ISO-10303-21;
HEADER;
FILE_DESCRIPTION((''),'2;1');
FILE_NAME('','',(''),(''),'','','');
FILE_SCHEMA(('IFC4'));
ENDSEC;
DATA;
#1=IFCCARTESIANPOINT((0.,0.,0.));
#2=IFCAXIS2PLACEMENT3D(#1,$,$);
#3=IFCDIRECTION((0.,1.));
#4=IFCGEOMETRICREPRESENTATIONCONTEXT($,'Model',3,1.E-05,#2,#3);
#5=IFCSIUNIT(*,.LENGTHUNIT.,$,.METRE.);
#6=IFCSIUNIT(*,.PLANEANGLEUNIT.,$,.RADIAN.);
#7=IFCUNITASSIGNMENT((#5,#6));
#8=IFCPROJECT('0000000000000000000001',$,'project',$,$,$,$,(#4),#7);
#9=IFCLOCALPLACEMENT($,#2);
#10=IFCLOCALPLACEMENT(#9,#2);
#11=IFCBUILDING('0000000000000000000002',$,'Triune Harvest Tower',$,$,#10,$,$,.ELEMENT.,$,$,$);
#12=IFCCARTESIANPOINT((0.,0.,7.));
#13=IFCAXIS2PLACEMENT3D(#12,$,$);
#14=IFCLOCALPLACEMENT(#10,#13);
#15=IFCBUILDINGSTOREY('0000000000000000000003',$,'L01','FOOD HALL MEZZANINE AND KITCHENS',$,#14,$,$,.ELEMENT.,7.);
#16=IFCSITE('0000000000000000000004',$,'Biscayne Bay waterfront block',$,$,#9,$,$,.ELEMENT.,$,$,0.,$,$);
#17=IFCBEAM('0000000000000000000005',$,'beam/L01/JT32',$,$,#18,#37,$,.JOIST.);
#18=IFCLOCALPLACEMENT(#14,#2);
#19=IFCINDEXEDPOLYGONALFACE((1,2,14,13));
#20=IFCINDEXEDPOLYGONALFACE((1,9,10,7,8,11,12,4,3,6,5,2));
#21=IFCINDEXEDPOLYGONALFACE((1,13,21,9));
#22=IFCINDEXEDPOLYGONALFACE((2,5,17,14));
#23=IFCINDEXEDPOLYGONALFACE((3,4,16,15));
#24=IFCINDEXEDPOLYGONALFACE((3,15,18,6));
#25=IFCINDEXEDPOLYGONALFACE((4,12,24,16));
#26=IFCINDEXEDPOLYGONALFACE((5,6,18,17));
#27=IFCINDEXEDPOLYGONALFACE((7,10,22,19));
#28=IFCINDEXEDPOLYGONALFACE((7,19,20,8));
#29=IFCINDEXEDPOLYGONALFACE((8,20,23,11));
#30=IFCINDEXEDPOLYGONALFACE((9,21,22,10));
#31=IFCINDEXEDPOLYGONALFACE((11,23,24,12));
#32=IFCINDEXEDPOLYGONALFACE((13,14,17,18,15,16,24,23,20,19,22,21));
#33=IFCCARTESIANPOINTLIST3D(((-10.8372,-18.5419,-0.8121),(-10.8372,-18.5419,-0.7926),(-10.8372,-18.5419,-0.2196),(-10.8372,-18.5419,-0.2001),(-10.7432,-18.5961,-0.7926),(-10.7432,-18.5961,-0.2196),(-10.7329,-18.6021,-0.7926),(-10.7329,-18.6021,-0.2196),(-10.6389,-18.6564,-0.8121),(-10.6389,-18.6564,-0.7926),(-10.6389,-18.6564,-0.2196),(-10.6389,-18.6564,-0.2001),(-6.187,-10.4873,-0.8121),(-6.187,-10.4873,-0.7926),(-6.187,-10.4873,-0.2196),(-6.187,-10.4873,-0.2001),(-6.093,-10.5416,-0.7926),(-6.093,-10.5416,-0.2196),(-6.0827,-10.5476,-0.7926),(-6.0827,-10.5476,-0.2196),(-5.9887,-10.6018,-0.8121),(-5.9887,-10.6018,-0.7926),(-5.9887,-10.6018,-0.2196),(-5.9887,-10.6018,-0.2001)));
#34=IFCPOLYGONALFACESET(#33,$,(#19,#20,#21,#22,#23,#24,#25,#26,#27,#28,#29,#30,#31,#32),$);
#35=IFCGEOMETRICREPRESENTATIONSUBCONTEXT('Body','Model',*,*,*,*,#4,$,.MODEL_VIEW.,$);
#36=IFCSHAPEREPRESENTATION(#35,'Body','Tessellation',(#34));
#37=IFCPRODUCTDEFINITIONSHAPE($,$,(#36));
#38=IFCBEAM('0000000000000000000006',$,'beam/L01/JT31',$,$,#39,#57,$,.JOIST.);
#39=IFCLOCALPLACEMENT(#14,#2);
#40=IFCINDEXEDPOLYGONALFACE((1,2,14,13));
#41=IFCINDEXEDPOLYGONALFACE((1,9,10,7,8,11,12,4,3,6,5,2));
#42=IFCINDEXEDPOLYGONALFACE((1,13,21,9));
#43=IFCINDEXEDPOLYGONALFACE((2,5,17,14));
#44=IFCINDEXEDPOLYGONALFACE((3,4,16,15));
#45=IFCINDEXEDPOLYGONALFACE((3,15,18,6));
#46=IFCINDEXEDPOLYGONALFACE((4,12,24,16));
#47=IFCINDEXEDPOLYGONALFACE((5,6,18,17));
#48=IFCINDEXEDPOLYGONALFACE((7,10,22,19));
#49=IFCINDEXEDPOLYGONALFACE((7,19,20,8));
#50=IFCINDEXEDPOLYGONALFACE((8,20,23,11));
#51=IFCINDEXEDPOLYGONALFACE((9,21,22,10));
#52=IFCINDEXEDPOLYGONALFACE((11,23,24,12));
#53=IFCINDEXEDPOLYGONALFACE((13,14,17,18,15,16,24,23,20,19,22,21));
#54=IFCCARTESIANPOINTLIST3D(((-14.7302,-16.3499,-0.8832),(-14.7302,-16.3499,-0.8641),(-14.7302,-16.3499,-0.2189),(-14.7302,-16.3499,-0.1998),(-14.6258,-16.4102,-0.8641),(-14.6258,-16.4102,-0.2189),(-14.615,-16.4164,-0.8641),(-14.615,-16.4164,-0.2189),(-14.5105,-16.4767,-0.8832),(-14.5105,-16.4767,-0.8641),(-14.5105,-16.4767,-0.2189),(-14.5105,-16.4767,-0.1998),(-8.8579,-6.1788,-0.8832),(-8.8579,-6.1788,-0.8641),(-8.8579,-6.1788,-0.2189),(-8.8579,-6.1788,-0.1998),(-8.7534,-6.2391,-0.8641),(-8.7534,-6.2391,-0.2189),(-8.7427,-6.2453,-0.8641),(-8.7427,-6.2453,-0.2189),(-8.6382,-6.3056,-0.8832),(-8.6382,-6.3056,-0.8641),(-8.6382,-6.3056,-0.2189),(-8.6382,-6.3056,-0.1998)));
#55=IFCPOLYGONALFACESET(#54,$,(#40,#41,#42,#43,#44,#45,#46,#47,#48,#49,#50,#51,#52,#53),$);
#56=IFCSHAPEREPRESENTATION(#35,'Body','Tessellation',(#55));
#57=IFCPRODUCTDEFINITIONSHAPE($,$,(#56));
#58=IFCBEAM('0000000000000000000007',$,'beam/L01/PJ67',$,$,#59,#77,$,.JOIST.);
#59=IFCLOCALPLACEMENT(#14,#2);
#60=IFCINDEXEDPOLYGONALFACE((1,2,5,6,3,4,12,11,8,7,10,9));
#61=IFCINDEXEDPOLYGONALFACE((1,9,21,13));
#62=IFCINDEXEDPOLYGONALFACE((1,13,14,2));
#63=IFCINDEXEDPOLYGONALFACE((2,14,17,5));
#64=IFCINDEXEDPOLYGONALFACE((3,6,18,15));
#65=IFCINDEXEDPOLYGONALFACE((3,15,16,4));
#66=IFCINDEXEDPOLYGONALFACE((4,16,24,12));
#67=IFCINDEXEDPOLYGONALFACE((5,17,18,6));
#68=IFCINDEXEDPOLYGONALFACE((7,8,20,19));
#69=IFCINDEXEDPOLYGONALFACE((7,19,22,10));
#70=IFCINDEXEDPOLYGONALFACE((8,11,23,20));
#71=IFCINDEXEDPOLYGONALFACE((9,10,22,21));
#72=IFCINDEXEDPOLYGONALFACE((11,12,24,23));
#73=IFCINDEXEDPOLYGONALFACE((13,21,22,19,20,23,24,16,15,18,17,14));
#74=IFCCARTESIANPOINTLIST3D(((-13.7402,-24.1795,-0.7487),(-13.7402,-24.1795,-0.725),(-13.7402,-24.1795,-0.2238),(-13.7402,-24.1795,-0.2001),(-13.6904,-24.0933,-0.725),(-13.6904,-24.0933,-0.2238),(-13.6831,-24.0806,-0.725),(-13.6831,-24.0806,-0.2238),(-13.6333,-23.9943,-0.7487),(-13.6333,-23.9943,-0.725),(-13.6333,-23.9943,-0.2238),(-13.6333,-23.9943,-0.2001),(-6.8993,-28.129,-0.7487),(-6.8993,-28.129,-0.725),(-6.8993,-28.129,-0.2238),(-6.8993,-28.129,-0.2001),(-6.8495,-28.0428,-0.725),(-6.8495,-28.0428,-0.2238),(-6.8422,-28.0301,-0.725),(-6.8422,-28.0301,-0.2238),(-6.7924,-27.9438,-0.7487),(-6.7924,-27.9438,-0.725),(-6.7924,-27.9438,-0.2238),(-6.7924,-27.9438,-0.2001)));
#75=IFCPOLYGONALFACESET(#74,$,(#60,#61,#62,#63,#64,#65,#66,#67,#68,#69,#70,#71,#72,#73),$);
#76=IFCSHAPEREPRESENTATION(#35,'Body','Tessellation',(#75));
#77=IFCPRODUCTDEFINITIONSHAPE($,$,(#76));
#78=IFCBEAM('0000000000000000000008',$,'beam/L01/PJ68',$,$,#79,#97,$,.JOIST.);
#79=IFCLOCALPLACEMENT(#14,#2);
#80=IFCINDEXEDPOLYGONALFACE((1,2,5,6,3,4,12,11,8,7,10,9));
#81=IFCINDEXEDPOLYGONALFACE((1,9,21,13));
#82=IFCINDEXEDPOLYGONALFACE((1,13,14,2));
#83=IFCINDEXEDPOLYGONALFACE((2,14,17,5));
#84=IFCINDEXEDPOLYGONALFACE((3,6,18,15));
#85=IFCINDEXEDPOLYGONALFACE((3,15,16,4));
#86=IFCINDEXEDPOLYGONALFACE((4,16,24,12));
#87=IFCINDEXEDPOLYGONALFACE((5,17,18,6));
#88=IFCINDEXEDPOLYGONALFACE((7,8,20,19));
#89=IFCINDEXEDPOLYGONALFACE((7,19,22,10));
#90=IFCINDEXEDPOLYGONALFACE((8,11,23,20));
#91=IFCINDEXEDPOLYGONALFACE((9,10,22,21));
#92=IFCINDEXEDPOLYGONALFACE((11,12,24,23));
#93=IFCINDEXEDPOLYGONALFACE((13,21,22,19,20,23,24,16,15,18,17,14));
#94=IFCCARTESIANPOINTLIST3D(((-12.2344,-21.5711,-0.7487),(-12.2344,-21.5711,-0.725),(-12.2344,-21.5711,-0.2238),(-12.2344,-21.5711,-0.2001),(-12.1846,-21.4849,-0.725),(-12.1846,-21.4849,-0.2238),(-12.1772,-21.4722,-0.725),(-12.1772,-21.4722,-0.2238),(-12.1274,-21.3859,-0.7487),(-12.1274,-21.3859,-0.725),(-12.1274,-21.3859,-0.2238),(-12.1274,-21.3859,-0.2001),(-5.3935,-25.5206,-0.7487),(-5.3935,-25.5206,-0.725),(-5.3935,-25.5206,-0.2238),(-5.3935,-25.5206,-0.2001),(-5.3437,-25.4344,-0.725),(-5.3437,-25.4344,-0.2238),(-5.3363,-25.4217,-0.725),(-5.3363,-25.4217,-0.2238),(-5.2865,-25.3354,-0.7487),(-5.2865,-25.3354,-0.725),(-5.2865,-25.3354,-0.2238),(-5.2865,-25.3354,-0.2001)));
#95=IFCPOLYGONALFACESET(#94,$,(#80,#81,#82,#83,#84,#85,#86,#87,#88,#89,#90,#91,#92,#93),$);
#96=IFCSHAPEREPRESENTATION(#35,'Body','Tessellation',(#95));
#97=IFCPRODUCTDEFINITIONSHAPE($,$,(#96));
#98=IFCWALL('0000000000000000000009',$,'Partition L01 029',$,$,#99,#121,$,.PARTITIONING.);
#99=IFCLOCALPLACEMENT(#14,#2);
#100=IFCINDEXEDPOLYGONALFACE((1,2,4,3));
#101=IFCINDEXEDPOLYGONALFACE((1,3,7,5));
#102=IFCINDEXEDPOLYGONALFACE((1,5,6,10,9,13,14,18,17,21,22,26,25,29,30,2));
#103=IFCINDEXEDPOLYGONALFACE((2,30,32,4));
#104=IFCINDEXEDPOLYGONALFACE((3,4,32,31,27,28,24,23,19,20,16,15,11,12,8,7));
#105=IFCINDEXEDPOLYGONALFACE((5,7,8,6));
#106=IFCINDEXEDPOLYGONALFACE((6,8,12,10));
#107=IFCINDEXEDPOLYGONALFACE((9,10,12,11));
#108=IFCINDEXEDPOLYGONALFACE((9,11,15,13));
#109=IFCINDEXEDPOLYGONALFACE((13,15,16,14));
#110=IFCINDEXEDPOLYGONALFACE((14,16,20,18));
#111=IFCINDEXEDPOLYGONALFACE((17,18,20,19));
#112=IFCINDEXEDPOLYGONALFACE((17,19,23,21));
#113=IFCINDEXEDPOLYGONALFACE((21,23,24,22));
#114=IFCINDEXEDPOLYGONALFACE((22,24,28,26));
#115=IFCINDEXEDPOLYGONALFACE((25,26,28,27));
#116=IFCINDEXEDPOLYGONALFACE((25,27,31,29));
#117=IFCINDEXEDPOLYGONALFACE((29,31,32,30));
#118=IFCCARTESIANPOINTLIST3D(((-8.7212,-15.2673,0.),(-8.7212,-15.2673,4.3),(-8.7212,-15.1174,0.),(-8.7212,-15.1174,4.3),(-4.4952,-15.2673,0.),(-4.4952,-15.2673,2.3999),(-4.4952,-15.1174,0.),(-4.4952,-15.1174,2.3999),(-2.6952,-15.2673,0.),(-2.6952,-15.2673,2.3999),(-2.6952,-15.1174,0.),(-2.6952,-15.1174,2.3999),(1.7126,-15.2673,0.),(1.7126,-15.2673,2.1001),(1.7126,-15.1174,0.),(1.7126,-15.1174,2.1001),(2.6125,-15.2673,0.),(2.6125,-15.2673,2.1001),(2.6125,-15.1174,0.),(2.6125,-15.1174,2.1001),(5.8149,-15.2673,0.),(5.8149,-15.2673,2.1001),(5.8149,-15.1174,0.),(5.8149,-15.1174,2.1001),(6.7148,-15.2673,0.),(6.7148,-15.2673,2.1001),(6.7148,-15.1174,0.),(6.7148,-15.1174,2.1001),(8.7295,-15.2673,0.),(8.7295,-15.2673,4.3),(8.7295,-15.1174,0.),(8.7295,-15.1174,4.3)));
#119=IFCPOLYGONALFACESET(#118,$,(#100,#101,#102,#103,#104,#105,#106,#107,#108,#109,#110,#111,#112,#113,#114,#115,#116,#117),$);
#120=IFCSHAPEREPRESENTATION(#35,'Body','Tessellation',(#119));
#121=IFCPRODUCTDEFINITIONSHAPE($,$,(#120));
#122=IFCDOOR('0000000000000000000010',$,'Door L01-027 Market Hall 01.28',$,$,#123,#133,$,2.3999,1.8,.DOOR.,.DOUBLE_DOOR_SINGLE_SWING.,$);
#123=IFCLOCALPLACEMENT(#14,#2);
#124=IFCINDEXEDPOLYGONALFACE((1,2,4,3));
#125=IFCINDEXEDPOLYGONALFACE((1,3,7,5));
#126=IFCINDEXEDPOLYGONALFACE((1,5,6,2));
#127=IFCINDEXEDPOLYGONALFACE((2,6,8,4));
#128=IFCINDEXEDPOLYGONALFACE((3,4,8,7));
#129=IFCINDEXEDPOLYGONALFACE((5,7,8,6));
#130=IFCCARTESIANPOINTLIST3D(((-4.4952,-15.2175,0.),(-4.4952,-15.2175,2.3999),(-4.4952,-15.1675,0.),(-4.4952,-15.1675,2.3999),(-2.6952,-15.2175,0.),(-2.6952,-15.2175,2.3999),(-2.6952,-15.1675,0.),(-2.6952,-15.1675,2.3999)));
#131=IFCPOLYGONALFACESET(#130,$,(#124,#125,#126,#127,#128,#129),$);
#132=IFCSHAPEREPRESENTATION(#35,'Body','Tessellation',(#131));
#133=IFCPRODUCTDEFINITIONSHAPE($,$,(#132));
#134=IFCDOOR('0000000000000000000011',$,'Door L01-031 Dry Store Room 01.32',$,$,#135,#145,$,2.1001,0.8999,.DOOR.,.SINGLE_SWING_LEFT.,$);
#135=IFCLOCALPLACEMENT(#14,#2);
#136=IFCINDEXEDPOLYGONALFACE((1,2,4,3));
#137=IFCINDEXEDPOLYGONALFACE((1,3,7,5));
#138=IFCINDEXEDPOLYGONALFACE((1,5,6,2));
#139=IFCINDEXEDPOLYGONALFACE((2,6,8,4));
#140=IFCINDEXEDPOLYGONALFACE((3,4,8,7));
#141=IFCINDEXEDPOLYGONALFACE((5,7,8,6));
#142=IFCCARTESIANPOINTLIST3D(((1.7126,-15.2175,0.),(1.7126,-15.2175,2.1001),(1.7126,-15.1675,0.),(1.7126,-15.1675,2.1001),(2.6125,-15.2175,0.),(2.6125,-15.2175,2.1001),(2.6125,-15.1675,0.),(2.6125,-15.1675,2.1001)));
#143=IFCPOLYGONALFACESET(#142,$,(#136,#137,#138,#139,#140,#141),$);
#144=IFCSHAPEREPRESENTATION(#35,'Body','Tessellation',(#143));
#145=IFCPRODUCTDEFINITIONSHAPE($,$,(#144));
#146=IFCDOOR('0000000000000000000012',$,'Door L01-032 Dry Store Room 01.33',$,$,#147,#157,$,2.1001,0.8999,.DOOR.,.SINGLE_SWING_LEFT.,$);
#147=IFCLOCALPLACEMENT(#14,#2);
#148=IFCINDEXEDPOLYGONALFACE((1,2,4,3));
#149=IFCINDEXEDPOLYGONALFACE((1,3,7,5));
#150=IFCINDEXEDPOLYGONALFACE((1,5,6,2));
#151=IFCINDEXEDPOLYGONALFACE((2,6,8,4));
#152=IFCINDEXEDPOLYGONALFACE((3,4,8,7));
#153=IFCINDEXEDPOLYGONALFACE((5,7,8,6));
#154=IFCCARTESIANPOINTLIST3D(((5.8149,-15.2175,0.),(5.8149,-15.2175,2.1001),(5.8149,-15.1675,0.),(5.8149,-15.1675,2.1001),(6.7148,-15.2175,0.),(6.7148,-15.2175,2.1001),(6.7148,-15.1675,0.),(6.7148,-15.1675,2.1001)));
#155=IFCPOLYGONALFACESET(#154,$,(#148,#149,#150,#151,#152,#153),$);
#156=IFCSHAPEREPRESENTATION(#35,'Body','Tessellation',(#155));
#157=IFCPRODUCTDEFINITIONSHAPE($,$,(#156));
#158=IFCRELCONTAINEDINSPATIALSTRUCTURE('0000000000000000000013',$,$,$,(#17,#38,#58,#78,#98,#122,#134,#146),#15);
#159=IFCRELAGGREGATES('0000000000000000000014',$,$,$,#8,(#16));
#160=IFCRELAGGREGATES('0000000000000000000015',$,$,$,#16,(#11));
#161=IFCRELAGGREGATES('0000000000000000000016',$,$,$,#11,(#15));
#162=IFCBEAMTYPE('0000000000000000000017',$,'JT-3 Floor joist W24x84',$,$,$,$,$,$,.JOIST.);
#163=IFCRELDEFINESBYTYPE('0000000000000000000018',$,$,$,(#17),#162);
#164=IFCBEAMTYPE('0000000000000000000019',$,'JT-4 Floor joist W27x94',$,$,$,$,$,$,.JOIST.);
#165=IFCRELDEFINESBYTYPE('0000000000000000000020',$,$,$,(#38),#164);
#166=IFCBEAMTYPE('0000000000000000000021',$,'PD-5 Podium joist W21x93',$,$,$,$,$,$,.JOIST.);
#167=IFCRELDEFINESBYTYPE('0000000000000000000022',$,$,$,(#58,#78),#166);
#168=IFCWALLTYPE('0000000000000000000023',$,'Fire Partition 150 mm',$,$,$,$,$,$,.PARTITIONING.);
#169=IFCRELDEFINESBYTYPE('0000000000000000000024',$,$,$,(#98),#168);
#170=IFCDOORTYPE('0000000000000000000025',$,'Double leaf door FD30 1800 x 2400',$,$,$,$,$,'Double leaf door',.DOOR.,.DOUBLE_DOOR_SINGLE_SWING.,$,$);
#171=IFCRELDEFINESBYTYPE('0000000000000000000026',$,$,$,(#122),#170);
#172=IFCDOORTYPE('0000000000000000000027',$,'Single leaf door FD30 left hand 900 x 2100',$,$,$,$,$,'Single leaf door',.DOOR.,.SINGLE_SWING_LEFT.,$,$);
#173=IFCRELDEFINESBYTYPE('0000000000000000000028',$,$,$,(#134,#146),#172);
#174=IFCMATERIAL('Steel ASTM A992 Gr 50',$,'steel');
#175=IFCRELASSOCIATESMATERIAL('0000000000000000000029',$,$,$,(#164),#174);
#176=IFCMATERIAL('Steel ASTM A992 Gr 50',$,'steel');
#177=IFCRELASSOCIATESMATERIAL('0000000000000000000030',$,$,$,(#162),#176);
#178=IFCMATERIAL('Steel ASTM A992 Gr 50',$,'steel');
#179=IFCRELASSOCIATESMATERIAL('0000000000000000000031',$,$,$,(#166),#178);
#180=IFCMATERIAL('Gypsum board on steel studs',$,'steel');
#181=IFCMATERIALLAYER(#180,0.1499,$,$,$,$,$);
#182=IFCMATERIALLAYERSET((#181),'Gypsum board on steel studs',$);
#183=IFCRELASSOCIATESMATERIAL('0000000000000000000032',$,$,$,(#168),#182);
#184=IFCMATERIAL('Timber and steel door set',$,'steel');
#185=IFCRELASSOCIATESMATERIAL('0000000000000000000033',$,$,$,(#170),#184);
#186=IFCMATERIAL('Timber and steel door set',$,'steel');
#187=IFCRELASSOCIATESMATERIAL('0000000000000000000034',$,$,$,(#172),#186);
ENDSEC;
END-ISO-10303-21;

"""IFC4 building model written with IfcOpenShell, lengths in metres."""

from ifc_helpers import new_model, si_unit, direction, frame, frame_2d, origin, origin_2d, place, context, subcontext, project, spatial, rectangle, i_section, extrude, source, transform, mapped, material, layer, layer_set, material_profile, profile_set, type_object, element, fill, save


model = new_model("IFC4")

# Units and contexts
model_context = context("Model", 3, precision=1e-05, world=origin(), true_north=direction((0.0, 1.0)))
body_context = subcontext(model_context, "Body", "Model", "MODEL_VIEW")
ifc_project = project(units=[si_unit("LENGTHUNIT", "METRE"), si_unit("PLANEANGLEUNIT", "RADIAN")], contexts=[model_context])

# Site, building, storey
site_placement = place(None, origin())
site = spatial("IfcSite", under=ifc_project, at=site_placement, Name="Biscayne Bay waterfront block", CompositionType="ELEMENT", RefElevation=0.0)
building_placement = place(site_placement, origin())
building = spatial("IfcBuilding", under=site, at=building_placement, Name="Triune Harvest Tower", CompositionType="ELEMENT")
storey_placement = place(building_placement, frame((0.0, 0.0, 7.0)))
storey = spatial("IfcBuildingStorey", under=building, at=storey_placement, Name="L01", Description="FOOD HALL MEZZANINE AND KITCHENS", CompositionType="ELEMENT", Elevation=7.0)

# Beams
ifc_material_1 = material(Name="Steel ASTM A992 Gr 50", Category="steel")
ifc_material_profile_1 = material_profile(ifc_material_1, i_section(OverallWidth=0.2537, OverallDepth=0.6833, WebThickness=0.0125, FlangeThickness=0.019, at=origin_2d()), Name="W27x94")
ifc_profile_set_1 = profile_set([ifc_material_profile_1], Name="Steel ASTM A992 Gr 50")
beam_type_1 = type_object("IfcBeamType", Name="JT-4 Floor joist W27x94", PredefinedType="JOIST", material=ifc_profile_set_1)
ifc_material_2 = material(Name="Steel ASTM A992 Gr 50", Category="steel")
ifc_material_profile_2 = material_profile(ifc_material_2, i_section(OverallWidth=0.229, OverallDepth=0.6121, WebThickness=0.012, FlangeThickness=0.0195, at=origin_2d()), Name="W24x84")
ifc_profile_set_2 = profile_set([ifc_material_profile_2], Name="Steel ASTM A992 Gr 50")
beam_type_2 = type_object("IfcBeamType", Name="JT-3 Floor joist W24x84", PredefinedType="JOIST", material=ifc_profile_set_2)
shared_shape_1 = source(origin(), body_context, "Body", "SweptSolid", [
    extrude(i_section(OverallWidth=0.229, OverallDepth=0.6121, WebThickness=0.012, FlangeThickness=0.0195, at=origin_2d()), origin(), (0.0, 0.0, 1.0), 9.3005),
])
beam_1_placement = place(storey_placement, frame((-10.738, -18.5991, -0.5061), z_axis=(0.499993, 0.86603, 0.0), x_axis=(-0.86603, 0.499993, 0.0)))
element("IfcBeam", 1, at=beam_1_placement, inside=storey, type_object=beam_type_2, Name="beam/L01/JT32", PredefinedType="JOIST", context=body_context, shape_type="MappedRepresentation", body=[
    mapped(shared_shape_1, transform((0.0, 0.0, 0.0), scale=1.0)),
])
shared_shape_2 = source(origin(), body_context, "Body", "SweptSolid", [
    extrude(i_section(OverallWidth=0.2537, OverallDepth=0.6833, WebThickness=0.0125, FlangeThickness=0.019, at=origin_2d()), origin(), (0.0, 0.0, 1.0), 11.7446),
])
beam_2_placement = place(storey_placement, frame((-14.6204, -16.4133, -0.5415), z_axis=(0.5, 0.866025, 0.0), x_axis=(-0.866025, 0.5, 0.0)))
element("IfcBeam", 2, at=beam_2_placement, inside=storey, type_object=beam_type_1, Name="beam/L01/JT31", PredefinedType="JOIST", context=body_context, shape_type="MappedRepresentation", body=[
    mapped(shared_shape_2, transform((0.0, 0.0, 0.0), scale=1.0)),
])
ifc_material_3 = material(Name="Steel ASTM A992 Gr 50", Category="steel")
ifc_material_profile_3 = material_profile(ifc_material_3, i_section(OverallWidth=0.2139, OverallDepth=0.5486, WebThickness=0.0146, FlangeThickness=0.0237, at=origin_2d()), Name="W21x93")
ifc_profile_set_3 = profile_set([ifc_material_profile_3], Name="Steel ASTM A992 Gr 50")
beam_type_3 = type_object("IfcBeamType", Name="PD-5 Podium joist W21x93", PredefinedType="JOIST", material=ifc_profile_set_3)
shared_shape_3 = source(origin(), body_context, "Body", "SweptSolid", [
    extrude(i_section(OverallWidth=0.2139, OverallDepth=0.5486, WebThickness=0.0146, FlangeThickness=0.0237, at=origin_2d()), origin(), (0.0, 0.0, 1.0), 7.8992),
])
for number, where, z_axis, x_axis, name in (
    (3, (-13.6868, -24.0869, -0.4744), (0.86603, -0.499992, 0.0), (0.499992, 0.86603, 0.0), "beam/L01/PJ67"),
    (4, (-12.1809, -21.4785, -0.4744), (0.86603, -0.499992, 0.0), (0.499992, 0.86603, 0.0), "beam/L01/PJ68"),
):
    element("IfcBeam", number, at=place(storey_placement, frame(where, z_axis=z_axis, x_axis=x_axis)), inside=storey, type_object=beam_type_3, Name=name, PredefinedType="JOIST", context=body_context, shape_type="MappedRepresentation", body=[
        mapped(shared_shape_3, transform((0.0, 0.0, 0.0), scale=1.0)),
    ])

# Wall, openings, doors
ifc_material_4 = material(Name="Gypsum board on steel studs", Category="steel")
ifc_layer_1 = layer(ifc_material_4, 0.1499)
ifc_layer_set_1 = layer_set([ifc_layer_1], Name="Gypsum board on steel studs")
wall_type_1 = type_object("IfcWallType", Name="Fire Partition 150 mm", PredefinedType="PARTITIONING", material=ifc_layer_set_1)
wall_1_placement = place(storey_placement, frame((-8.7212, -15.1924, 0.0), z_axis=(0.0, 0.0, 1.0), x_axis=(1.0, 0.0, 0.0)))
wall_1 = element("IfcWall", 5, at=wall_1_placement, inside=storey, type_object=wall_type_1, Name="Partition L01 029", PredefinedType="PARTITIONING", context=body_context, shape_type="SweptSolid", body=[
    extrude(rectangle(XDim=17.4507, YDim=0.1499, at=frame_2d((8.7253, 0.0))), origin(), (0.0, 0.0, 1.0), 4.3),
])
opening_1_placement = place(wall_1_placement, frame((4.2261, 0.0, 0.0)))
opening_1 = element("IfcOpeningElement", 6, at=opening_1_placement, cuts=wall_1, PredefinedType="OPENING", context=body_context, shape_type="SweptSolid", body=[
    extrude(rectangle(XDim=1.8, YDim=2.3999, at=frame_2d((0.8999, 1.2))), frame((0.0, 0.085, 0.0), z_axis=(0.0, -1.0, 0.0), x_axis=(1.0, 0.0, 0.0)), (0.0, 0.0, 1.0), 0.1699),
])
opening_2_placement = place(wall_1_placement, frame((10.4338, 0.0, 0.0)))
opening_2 = element("IfcOpeningElement", 7, at=opening_2_placement, cuts=wall_1, PredefinedType="OPENING", context=body_context, shape_type="SweptSolid", body=[
    extrude(rectangle(XDim=0.8999, YDim=2.1001, at=frame_2d((0.45, 1.05))), frame((0.0, 0.085, 0.0), z_axis=(0.0, -1.0, 0.0), x_axis=(1.0, 0.0, 0.0)), (0.0, 0.0, 1.0), 0.1699),
])
opening_3_placement = place(wall_1_placement, frame((14.5361, 0.0, 0.0)))
opening_3 = element("IfcOpeningElement", 8, at=opening_3_placement, cuts=wall_1, PredefinedType="OPENING", context=body_context, shape_type="SweptSolid", body=[
    extrude(rectangle(XDim=0.8999, YDim=2.1001, at=frame_2d((0.45, 1.05))), frame((0.0, 0.085, 0.0), z_axis=(0.0, -1.0, 0.0), x_axis=(1.0, 0.0, 0.0)), (0.0, 0.0, 1.0), 0.1699),
])
ifc_material_5 = material(Name="Timber and steel door set", Category="steel")
door_type_1 = type_object("IfcDoorType", Name="Double leaf door FD30 1800 x 2400", ElementType="Double leaf door", OperationType="DOUBLE_DOOR_SINGLE_SWING", PredefinedType="DOOR", material=ifc_material_5)
door_1_placement = place(opening_1_placement, origin())
door_1 = element("IfcDoor", 9, at=door_1_placement, inside=storey, type_object=door_type_1, Name="Door L01-027 Market Hall 01.28", OperationType="DOUBLE_DOOR_SINGLE_SWING", OverallHeight=2.3999, OverallWidth=1.8, PredefinedType="DOOR", context=body_context, shape_type="SweptSolid", body=[
    extrude(rectangle(XDim=1.8, YDim=2.3999, at=frame_2d((0.8999, 1.2))), frame((0.0, 0.0249, 0.0), z_axis=(0.0, -1.0, 0.0), x_axis=(1.0, 0.0, 0.0)), (0.0, 0.0, 1.0), 0.05),
])
fill(opening_1, door_1)
ifc_material_6 = material(Name="Timber and steel door set", Category="steel")
door_type_2 = type_object("IfcDoorType", Name="Single leaf door FD30 left hand 900 x 2100", ElementType="Single leaf door", OperationType="SINGLE_SWING_LEFT", PredefinedType="DOOR", material=ifc_material_6)
door_2_placement = place(opening_2_placement, origin())
door_2 = element("IfcDoor", 10, at=door_2_placement, inside=storey, type_object=door_type_2, Name="Door L01-031 Dry Store Room 01.32", OperationType="SINGLE_SWING_LEFT", OverallHeight=2.1001, OverallWidth=0.8999, PredefinedType="DOOR", context=body_context, shape_type="SweptSolid", body=[
    extrude(rectangle(XDim=0.8999, YDim=2.1001, at=frame_2d((0.45, 1.05))), frame((0.0, 0.0249, 0.0), z_axis=(0.0, -1.0, 0.0), x_axis=(1.0, 0.0, 0.0)), (0.0, 0.0, 1.0), 0.05),
])
fill(opening_2, door_2)
door_3_placement = place(opening_3_placement, origin())
door_3 = element("IfcDoor", 11, at=door_3_placement, inside=storey, type_object=door_type_2, Name="Door L01-032 Dry Store Room 01.33", OperationType="SINGLE_SWING_LEFT", OverallHeight=2.1001, OverallWidth=0.8999, PredefinedType="DOOR", context=body_context, shape_type="SweptSolid", body=[
    extrude(rectangle(XDim=0.8999, YDim=2.1001, at=frame_2d((0.45, 1.05))), frame((0.0, 0.0249, 0.0), z_axis=(0.0, -1.0, 0.0), x_axis=(1.0, 0.0, 0.0)), (0.0, 0.0, 1.0), 0.05),
])
fill(opening_3, door_3)

save(model, "model.ifc")
